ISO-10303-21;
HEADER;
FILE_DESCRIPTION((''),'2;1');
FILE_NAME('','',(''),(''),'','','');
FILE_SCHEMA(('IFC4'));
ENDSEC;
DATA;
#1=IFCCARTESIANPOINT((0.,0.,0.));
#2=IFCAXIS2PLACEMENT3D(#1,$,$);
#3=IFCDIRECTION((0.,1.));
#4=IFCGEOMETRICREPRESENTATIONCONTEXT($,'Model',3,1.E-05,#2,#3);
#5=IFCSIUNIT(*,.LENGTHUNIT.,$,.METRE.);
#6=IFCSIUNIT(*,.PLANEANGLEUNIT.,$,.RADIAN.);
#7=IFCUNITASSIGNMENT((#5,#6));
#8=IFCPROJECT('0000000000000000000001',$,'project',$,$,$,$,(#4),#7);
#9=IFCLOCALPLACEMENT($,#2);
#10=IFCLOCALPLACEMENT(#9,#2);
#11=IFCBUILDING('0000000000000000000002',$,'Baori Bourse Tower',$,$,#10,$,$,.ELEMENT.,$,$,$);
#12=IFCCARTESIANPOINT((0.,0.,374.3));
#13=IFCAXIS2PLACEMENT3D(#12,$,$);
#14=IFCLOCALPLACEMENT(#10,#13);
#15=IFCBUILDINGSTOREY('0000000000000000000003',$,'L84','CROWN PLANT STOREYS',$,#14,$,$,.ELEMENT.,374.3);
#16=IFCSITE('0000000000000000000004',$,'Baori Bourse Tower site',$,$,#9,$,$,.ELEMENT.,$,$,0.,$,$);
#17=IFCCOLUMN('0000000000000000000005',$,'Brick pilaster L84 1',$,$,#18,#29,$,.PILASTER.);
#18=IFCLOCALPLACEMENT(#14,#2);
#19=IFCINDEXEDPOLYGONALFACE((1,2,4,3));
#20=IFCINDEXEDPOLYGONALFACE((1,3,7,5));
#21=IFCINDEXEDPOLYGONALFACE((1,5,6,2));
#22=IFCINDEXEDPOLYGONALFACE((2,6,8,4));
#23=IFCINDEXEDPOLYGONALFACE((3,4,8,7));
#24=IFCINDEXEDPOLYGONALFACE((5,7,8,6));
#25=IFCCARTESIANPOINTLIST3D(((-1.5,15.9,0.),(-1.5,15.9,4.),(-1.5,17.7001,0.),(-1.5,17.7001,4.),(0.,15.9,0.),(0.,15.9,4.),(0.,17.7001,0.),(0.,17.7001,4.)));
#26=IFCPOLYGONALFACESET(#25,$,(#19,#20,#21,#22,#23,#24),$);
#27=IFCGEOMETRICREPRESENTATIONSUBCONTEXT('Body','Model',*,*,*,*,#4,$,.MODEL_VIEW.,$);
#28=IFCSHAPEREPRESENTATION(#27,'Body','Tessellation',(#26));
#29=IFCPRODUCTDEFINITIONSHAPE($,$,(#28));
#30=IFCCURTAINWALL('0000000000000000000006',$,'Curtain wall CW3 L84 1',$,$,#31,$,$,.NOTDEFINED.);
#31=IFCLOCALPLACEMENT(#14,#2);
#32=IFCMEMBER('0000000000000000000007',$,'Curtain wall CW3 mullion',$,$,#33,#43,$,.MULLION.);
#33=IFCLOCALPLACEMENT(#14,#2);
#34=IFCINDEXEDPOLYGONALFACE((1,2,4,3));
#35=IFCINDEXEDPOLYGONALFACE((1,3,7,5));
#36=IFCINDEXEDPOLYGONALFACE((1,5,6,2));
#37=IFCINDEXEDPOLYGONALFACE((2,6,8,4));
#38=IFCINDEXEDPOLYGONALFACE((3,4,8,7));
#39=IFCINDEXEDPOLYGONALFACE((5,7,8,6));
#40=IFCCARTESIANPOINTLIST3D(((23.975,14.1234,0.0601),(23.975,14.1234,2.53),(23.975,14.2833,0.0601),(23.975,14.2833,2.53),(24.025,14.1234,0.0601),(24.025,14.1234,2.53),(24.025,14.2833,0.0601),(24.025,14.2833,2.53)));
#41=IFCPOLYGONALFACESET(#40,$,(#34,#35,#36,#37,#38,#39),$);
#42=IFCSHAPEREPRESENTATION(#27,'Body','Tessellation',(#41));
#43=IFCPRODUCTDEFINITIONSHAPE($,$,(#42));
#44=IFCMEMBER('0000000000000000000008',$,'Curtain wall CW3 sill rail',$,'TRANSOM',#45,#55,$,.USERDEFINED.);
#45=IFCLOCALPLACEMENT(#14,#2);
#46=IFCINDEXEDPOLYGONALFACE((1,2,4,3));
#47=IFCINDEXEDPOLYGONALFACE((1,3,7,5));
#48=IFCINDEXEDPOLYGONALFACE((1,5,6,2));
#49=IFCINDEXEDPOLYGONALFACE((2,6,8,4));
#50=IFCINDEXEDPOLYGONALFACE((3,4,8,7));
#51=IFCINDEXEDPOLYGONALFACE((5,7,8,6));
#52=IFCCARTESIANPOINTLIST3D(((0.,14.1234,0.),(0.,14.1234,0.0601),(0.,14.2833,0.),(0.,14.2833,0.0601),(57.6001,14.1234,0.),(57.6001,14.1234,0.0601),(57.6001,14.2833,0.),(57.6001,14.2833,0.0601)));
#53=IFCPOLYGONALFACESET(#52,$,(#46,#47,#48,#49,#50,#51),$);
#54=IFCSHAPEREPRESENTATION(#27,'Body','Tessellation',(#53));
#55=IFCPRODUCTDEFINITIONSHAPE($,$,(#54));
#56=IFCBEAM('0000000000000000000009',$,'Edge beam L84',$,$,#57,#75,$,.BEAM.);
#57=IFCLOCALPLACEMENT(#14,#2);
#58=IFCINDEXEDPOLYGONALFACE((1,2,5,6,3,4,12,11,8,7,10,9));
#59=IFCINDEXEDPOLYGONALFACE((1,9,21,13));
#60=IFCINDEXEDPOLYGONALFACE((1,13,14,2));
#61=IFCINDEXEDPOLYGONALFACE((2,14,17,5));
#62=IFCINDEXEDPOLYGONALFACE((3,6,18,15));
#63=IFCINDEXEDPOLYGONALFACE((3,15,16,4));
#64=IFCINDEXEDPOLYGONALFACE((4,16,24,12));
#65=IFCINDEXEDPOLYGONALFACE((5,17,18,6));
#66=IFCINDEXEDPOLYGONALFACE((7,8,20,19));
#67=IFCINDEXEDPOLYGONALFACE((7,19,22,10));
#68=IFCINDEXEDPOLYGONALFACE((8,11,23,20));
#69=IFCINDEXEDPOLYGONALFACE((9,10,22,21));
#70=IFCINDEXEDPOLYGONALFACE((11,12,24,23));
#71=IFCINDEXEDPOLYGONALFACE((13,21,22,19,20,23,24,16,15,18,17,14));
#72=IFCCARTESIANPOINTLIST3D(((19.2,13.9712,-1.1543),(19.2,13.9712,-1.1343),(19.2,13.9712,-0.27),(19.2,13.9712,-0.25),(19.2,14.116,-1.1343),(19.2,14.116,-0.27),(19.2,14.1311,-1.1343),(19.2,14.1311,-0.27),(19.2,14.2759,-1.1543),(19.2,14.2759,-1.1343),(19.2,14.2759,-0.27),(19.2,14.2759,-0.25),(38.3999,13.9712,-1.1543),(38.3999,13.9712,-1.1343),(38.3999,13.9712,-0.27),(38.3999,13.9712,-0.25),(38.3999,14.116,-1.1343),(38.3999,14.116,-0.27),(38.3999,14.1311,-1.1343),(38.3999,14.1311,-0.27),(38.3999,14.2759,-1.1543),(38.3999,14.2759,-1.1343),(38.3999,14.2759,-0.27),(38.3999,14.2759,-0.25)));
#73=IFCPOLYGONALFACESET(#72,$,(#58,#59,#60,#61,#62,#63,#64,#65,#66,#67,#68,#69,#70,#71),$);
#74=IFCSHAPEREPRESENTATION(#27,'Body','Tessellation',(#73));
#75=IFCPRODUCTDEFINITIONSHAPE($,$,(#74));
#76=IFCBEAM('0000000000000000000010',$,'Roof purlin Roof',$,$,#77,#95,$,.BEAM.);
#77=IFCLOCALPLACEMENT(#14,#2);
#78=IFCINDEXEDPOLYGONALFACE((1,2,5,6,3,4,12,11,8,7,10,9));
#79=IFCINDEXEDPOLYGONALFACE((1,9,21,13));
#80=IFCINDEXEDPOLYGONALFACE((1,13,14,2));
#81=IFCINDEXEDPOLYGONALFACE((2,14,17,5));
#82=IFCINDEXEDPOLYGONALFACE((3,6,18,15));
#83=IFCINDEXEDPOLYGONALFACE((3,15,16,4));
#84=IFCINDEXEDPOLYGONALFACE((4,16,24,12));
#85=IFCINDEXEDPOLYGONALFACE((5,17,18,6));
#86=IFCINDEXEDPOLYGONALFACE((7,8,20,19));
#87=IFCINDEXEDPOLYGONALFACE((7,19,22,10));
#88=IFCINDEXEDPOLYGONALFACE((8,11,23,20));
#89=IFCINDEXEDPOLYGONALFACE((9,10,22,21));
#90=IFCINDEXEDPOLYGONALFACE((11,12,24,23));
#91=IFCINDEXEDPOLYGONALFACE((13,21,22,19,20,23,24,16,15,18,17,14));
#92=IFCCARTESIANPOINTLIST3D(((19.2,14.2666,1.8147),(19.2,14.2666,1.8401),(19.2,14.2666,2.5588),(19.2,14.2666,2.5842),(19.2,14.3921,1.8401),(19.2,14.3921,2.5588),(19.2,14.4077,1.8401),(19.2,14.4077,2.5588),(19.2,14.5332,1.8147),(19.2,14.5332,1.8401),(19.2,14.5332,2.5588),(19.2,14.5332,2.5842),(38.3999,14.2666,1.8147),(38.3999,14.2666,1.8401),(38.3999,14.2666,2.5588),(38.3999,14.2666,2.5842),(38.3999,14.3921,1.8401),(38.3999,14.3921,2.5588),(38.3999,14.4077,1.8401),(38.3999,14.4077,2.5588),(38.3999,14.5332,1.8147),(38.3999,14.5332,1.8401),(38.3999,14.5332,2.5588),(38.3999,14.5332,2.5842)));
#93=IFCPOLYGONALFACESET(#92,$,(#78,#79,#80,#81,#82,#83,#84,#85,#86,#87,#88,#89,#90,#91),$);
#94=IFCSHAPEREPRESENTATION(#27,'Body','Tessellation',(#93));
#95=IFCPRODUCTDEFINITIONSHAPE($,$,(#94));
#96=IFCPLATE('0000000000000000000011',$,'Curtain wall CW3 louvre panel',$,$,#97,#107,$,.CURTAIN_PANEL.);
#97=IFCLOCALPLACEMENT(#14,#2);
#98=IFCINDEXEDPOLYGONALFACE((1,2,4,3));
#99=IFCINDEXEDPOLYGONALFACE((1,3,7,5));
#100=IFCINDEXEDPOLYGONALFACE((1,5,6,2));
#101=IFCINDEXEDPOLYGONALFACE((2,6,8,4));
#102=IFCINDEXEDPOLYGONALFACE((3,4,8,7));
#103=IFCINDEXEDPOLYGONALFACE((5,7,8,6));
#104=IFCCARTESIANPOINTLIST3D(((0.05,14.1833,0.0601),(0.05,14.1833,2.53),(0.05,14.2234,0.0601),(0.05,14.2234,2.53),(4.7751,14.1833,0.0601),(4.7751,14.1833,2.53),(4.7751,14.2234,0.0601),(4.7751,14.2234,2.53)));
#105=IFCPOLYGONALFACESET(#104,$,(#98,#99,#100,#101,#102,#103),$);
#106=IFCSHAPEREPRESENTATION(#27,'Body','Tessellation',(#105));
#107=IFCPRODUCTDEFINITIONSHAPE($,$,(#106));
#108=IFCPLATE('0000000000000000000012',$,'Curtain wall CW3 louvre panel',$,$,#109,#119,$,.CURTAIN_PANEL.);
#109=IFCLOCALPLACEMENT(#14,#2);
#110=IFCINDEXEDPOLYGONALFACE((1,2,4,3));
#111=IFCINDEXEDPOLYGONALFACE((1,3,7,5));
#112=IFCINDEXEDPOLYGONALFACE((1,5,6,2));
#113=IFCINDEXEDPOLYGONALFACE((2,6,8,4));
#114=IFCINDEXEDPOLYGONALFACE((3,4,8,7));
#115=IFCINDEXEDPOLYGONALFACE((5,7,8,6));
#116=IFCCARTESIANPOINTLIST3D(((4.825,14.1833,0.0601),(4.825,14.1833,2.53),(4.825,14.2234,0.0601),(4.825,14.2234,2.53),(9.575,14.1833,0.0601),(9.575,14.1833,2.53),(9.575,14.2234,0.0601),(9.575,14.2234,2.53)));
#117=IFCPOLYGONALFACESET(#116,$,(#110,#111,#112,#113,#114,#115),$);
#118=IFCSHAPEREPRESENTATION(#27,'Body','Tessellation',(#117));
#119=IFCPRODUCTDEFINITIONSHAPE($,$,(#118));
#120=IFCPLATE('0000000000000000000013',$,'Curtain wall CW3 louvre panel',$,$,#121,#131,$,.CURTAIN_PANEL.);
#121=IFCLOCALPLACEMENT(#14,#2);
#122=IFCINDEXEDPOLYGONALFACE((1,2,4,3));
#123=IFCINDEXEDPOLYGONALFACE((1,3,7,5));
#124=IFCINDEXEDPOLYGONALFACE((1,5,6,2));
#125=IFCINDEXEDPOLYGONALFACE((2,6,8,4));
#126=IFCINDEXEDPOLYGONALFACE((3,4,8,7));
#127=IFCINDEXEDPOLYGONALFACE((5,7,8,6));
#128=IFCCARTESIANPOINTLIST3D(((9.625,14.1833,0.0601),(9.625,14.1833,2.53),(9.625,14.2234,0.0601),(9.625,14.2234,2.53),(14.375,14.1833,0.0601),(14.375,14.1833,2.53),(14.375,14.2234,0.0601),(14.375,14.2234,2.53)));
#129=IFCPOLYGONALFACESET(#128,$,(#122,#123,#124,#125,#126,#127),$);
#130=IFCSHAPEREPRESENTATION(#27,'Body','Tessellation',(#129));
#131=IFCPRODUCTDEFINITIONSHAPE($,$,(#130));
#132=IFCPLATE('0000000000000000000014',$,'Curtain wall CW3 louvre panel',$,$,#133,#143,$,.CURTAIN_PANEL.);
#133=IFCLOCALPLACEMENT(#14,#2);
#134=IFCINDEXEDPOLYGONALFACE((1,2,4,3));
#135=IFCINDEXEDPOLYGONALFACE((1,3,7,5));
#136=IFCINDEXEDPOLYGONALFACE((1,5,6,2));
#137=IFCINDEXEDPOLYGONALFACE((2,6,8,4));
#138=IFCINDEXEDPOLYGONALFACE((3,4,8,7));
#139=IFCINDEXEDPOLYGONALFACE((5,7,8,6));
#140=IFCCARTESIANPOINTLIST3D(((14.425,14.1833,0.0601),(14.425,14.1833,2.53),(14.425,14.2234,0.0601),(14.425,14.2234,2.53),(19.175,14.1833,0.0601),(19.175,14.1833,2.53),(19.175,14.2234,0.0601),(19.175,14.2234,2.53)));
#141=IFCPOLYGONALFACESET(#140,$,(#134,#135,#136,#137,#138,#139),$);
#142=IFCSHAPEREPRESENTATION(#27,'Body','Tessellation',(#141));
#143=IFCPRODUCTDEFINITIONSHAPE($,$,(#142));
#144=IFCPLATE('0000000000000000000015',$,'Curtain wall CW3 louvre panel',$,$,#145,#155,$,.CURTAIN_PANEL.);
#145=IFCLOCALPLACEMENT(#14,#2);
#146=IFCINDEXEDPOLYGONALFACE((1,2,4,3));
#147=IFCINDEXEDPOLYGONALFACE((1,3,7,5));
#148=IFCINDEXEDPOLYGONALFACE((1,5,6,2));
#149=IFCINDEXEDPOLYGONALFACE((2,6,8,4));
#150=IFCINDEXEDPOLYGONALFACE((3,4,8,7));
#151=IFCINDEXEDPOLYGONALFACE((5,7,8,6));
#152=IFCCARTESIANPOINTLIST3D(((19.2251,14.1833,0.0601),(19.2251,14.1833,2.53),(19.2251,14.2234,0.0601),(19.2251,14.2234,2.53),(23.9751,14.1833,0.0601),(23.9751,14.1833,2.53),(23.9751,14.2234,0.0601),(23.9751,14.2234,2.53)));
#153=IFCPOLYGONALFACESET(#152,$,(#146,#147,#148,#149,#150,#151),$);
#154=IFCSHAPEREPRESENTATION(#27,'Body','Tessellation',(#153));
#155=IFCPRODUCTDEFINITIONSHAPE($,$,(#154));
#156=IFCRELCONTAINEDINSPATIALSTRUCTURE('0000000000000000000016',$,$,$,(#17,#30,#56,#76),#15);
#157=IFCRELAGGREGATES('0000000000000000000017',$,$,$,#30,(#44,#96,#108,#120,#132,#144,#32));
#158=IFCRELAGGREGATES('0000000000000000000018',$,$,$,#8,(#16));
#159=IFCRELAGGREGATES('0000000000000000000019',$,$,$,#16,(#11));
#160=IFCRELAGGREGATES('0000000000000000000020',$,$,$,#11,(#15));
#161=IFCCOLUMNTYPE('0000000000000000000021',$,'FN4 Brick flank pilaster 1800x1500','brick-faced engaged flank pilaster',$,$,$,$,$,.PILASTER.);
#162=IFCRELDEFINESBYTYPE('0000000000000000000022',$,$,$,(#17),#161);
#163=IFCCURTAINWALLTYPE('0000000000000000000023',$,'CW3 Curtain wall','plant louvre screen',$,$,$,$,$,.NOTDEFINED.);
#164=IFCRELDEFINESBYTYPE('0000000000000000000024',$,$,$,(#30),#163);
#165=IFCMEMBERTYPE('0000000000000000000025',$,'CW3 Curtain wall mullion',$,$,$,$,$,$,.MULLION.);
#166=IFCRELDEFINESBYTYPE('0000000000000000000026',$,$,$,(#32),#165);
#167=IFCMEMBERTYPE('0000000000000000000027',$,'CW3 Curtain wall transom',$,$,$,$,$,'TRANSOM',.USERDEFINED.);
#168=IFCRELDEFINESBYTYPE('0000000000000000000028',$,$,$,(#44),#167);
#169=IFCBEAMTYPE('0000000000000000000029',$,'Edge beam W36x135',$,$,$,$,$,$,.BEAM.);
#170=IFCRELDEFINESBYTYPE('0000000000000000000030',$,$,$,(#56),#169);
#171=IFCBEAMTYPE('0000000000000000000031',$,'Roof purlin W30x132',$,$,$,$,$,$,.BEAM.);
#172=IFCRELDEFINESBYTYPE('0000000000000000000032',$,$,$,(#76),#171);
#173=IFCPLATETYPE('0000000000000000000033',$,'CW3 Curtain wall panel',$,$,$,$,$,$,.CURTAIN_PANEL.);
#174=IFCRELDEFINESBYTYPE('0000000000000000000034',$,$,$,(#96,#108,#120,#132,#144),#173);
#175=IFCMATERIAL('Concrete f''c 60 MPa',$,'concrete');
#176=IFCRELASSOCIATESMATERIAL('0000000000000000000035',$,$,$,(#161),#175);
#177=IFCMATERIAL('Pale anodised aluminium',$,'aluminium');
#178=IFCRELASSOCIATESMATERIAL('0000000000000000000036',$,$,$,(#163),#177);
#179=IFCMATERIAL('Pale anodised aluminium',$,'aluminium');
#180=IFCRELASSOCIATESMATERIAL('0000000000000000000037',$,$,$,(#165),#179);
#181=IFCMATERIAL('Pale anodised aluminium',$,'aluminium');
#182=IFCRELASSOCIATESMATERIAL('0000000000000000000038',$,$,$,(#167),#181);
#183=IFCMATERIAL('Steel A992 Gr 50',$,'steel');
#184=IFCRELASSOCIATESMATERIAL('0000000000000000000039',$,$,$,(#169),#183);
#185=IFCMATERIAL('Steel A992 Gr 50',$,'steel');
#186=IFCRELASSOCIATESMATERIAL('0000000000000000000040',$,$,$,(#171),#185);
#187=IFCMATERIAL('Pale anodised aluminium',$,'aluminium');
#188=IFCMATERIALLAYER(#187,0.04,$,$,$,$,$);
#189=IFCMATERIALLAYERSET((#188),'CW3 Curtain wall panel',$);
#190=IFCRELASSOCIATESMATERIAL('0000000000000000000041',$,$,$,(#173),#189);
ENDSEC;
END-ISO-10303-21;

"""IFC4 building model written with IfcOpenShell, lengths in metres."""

from ifc_helpers import new_model, si_unit, direction, frame, origin, origin_2d, place, context, subcontext, project, spatial, rectangle, i_section, extrude, material, layer, layer_set, material_profile, profile_set, type_object, element, aggregate, save


model = new_model("IFC4")

# Units and contexts
model_context = context("Model", 3, precision=1e-05, world=origin(), true_north=direction((0.0, 1.0)))
body_context = subcontext(model_context, "Body", "Model", "MODEL_VIEW")
ifc_project = project(units=[si_unit("LENGTHUNIT", "METRE"), si_unit("PLANEANGLEUNIT", "RADIAN")], contexts=[model_context])

# Site, building, storey
site_placement = place(None, origin())
site = spatial("IfcSite", under=ifc_project, at=site_placement, Name="Baori Bourse Tower site", CompositionType="ELEMENT", RefElevation=0.0)
building_placement = place(site_placement, origin())
building = spatial("IfcBuilding", under=site, at=building_placement, Name="Baori Bourse Tower", CompositionType="ELEMENT")
storey_placement = place(building_placement, frame((0.0, 0.0, 374.3)))
storey = spatial("IfcBuildingStorey", under=building, at=storey_placement, Name="L84", Description="CROWN PLANT STOREYS", CompositionType="ELEMENT", Elevation=374.3)

# Column
ifc_material_1 = material(Name="Concrete f'c 60 MPa", Category="concrete")
ifc_material_profile_1 = material_profile(ifc_material_1, rectangle(XDim=1.8, YDim=1.5, at=origin_2d()), Name="RC 1800x1500")
ifc_profile_set_1 = profile_set([ifc_material_profile_1], Name="Concrete f'c 60 MPa")
column_type = type_object("IfcColumnType", Name="FN4 Brick flank pilaster 1800x1500", Description="brick-faced engaged flank pilaster", PredefinedType="PILASTER", material=ifc_profile_set_1)
column_placement = place(storey_placement, frame((-0.75, 16.8, 0.0), z_axis=(0.0, 0.0, 1.0), x_axis=(0.0, 1.0, 0.0)))
element("IfcColumn", 1, at=column_placement, inside=storey, type_object=column_type, Name="Brick pilaster L84 1", PredefinedType="PILASTER", context=body_context, shape_type="SweptSolid", body=[
    extrude(rectangle(XDim=1.8, YDim=1.5, at=origin_2d()), origin(), (0.0, 0.0, 1.0), 4.0),
])

# Curtain wall, members
ifc_material_2 = material(Name="Pale anodised aluminium", Category="aluminium")
curtain_wall_type = type_object("IfcCurtainWallType", Name="CW3 Curtain wall", Description="plant louvre screen", PredefinedType="NOTDEFINED", material=ifc_material_2)
curtain_wall_placement = place(storey_placement, origin())
curtain_wall = element("IfcCurtainWall", 2, at=curtain_wall_placement, inside=storey, type_object=curtain_wall_type, Name="Curtain wall CW3 L84 1", PredefinedType="NOTDEFINED")
ifc_material_3 = material(Name="Pale anodised aluminium", Category="aluminium")
ifc_material_profile_2 = material_profile(ifc_material_3, rectangle(XDim=0.1599, YDim=0.05, at=origin_2d()), Name="Mullion 50x160")
ifc_profile_set_2 = profile_set([ifc_material_profile_2], Name="Pale anodised aluminium")
member_type_1 = type_object("IfcMemberType", Name="CW3 Curtain wall mullion", PredefinedType="MULLION", material=ifc_profile_set_2)
member_1_placement = place(storey_placement, frame((24.0, 14.2034, 0.0601), z_axis=(0.0, 0.0, 1.0), x_axis=(0.0, 1.0, 0.0)))
member_1 = element("IfcMember", 3, at=member_1_placement, type_object=member_type_1, Name="Curtain wall CW3 mullion", PredefinedType="MULLION", context=body_context, shape_type="SweptSolid", body=[
    extrude(rectangle(XDim=0.1599, YDim=0.05, at=origin_2d()), origin(), (0.0, 0.0, 1.0), 2.47),
])
ifc_material_4 = material(Name="Pale anodised aluminium", Category="aluminium")
ifc_material_profile_3 = material_profile(ifc_material_4, rectangle(XDim=0.1599, YDim=0.0601, at=origin_2d()), Name="Transom 60x160")
ifc_profile_set_3 = profile_set([ifc_material_profile_3], Name="Pale anodised aluminium")
member_type_2 = type_object("IfcMemberType", Name="CW3 Curtain wall transom", ElementType="TRANSOM", PredefinedType="USERDEFINED", material=ifc_profile_set_3)
member_2_placement = place(storey_placement, frame((0.0, 14.2034, 0.03), z_axis=(1.0, 0.0, 0.0), x_axis=(0.0, 1.0, 0.0)))
member_2 = element("IfcMember", 4, at=member_2_placement, type_object=member_type_2, Name="Curtain wall CW3 sill rail", ObjectType="TRANSOM", PredefinedType="USERDEFINED", context=body_context, shape_type="SweptSolid", body=[
    extrude(rectangle(XDim=0.1599, YDim=0.0601, at=origin_2d()), origin(), (0.0, 0.0, 1.0), 57.6001),
])

# Beams
ifc_material_5 = material(Name="Steel A992 Gr 50", Category="steel")
ifc_material_profile_4 = material_profile(ifc_material_5, i_section(OverallWidth=0.3047, OverallDepth=0.9043, WebThickness=0.0151, FlangeThickness=0.02, at=origin_2d()), Name="W36x135")
ifc_profile_set_4 = profile_set([ifc_material_profile_4], Name="Steel A992 Gr 50")
beam_type_1 = type_object("IfcBeamType", Name="Edge beam W36x135", PredefinedType="BEAM", material=ifc_profile_set_4)
beam_1_placement = place(storey_placement, frame((19.2, 14.1235, -0.7021), z_axis=(1.0, 0.0, 0.0), x_axis=(0.0, 1.0, 0.0)))
element("IfcBeam", 5, at=beam_1_placement, inside=storey, type_object=beam_type_1, Name="Edge beam L84", PredefinedType="BEAM", context=body_context, shape_type="SweptSolid", body=[
    extrude(i_section(OverallWidth=0.3047, OverallDepth=0.9043, WebThickness=0.0151, FlangeThickness=0.02, at=origin_2d()), origin(), (0.0, 0.0, 1.0), 19.2),
])
ifc_material_6 = material(Name="Steel A992 Gr 50", Category="steel")
ifc_material_profile_5 = material_profile(ifc_material_6, i_section(OverallWidth=0.2666, OverallDepth=0.7695, WebThickness=0.0156, FlangeThickness=0.0254, at=origin_2d()), Name="W30x132")
ifc_profile_set_5 = profile_set([ifc_material_profile_5], Name="Steel A992 Gr 50")
beam_type_2 = type_object("IfcBeamType", Name="Roof purlin W30x132", PredefinedType="BEAM", material=ifc_profile_set_5)
beam_2_placement = place(storey_placement, frame((19.2, 14.3999, 2.1995), z_axis=(1.0, 0.0, 0.0), x_axis=(0.0, 1.0, 0.0)))
element("IfcBeam", 6, at=beam_2_placement, inside=storey, type_object=beam_type_2, Name="Roof purlin Roof", PredefinedType="BEAM", context=body_context, shape_type="SweptSolid", body=[
    extrude(i_section(OverallWidth=0.2666, OverallDepth=0.7695, WebThickness=0.0156, FlangeThickness=0.0254, at=origin_2d()), origin(), (0.0, 0.0, 1.0), 19.2),
])

# Plates
ifc_material_7 = material(Name="Pale anodised aluminium", Category="aluminium")
ifc_layer_1 = layer(ifc_material_7, 0.04)
ifc_layer_set_1 = layer_set([ifc_layer_1], Name="CW3 Curtain wall panel")
plate_type = type_object("IfcPlateType", Name="CW3 Curtain wall panel", PredefinedType="CURTAIN_PANEL", material=ifc_layer_set_1)
plate_1_placement = place(storey_placement, frame((2.4126, 14.2034, 0.0601), z_axis=(0.0, 0.0, 1.0), x_axis=(1.0, 0.0, 0.0)))
plate_1 = element("IfcPlate", 7, at=plate_1_placement, type_object=plate_type, Name="Curtain wall CW3 louvre panel", PredefinedType="CURTAIN_PANEL", context=body_context, shape_type="SweptSolid", body=[
    extrude(rectangle(XDim=4.7251, YDim=0.04, at=origin_2d()), origin(), (0.0, 0.0, 1.0), 2.47),
])
plate_2_placement = place(storey_placement, frame((7.2, 14.2034, 0.0601), z_axis=(0.0, 0.0, 1.0), x_axis=(1.0, 0.0, 0.0)))
plate_2 = element("IfcPlate", 8, at=plate_2_placement, type_object=plate_type, Name="Curtain wall CW3 louvre panel", PredefinedType="CURTAIN_PANEL", context=body_context, shape_type="SweptSolid", body=[
    extrude(rectangle(XDim=4.75, YDim=0.04, at=origin_2d()), origin(), (0.0, 0.0, 1.0), 2.47),
])
plate_3_placement = place(storey_placement, frame((12.0, 14.2034, 0.0601), z_axis=(0.0, 0.0, 1.0), x_axis=(1.0, 0.0, 0.0)))
plate_3 = element("IfcPlate", 9, at=plate_3_placement, type_object=plate_type, Name="Curtain wall CW3 louvre panel", PredefinedType="CURTAIN_PANEL", context=body_context, shape_type="SweptSolid", body=[
    extrude(rectangle(XDim=4.75, YDim=0.04, at=origin_2d()), origin(), (0.0, 0.0, 1.0), 2.47),
])
plate_4_placement = place(storey_placement, frame((16.8, 14.2034, 0.0601), z_axis=(0.0, 0.0, 1.0), x_axis=(1.0, 0.0, 0.0)))
plate_4 = element("IfcPlate", 10, at=plate_4_placement, type_object=plate_type, Name="Curtain wall CW3 louvre panel", PredefinedType="CURTAIN_PANEL", context=body_context, shape_type="SweptSolid", body=[
    extrude(rectangle(XDim=4.75, YDim=0.04, at=origin_2d()), origin(), (0.0, 0.0, 1.0), 2.47),
])
plate_5_placement = place(storey_placement, frame((21.6001, 14.2034, 0.0601), z_axis=(0.0, 0.0, 1.0), x_axis=(1.0, 0.0, 0.0)))
plate_5 = element("IfcPlate", 11, at=plate_5_placement, type_object=plate_type, Name="Curtain wall CW3 louvre panel", PredefinedType="CURTAIN_PANEL", context=body_context, shape_type="SweptSolid", body=[
    extrude(rectangle(XDim=4.75, YDim=0.04, at=origin_2d()), origin(), (0.0, 0.0, 1.0), 2.47),
])
aggregate(curtain_wall, [member_2, plate_1, plate_2, plate_3, plate_4, plate_5, member_1])

save(model, "model.ifc")
